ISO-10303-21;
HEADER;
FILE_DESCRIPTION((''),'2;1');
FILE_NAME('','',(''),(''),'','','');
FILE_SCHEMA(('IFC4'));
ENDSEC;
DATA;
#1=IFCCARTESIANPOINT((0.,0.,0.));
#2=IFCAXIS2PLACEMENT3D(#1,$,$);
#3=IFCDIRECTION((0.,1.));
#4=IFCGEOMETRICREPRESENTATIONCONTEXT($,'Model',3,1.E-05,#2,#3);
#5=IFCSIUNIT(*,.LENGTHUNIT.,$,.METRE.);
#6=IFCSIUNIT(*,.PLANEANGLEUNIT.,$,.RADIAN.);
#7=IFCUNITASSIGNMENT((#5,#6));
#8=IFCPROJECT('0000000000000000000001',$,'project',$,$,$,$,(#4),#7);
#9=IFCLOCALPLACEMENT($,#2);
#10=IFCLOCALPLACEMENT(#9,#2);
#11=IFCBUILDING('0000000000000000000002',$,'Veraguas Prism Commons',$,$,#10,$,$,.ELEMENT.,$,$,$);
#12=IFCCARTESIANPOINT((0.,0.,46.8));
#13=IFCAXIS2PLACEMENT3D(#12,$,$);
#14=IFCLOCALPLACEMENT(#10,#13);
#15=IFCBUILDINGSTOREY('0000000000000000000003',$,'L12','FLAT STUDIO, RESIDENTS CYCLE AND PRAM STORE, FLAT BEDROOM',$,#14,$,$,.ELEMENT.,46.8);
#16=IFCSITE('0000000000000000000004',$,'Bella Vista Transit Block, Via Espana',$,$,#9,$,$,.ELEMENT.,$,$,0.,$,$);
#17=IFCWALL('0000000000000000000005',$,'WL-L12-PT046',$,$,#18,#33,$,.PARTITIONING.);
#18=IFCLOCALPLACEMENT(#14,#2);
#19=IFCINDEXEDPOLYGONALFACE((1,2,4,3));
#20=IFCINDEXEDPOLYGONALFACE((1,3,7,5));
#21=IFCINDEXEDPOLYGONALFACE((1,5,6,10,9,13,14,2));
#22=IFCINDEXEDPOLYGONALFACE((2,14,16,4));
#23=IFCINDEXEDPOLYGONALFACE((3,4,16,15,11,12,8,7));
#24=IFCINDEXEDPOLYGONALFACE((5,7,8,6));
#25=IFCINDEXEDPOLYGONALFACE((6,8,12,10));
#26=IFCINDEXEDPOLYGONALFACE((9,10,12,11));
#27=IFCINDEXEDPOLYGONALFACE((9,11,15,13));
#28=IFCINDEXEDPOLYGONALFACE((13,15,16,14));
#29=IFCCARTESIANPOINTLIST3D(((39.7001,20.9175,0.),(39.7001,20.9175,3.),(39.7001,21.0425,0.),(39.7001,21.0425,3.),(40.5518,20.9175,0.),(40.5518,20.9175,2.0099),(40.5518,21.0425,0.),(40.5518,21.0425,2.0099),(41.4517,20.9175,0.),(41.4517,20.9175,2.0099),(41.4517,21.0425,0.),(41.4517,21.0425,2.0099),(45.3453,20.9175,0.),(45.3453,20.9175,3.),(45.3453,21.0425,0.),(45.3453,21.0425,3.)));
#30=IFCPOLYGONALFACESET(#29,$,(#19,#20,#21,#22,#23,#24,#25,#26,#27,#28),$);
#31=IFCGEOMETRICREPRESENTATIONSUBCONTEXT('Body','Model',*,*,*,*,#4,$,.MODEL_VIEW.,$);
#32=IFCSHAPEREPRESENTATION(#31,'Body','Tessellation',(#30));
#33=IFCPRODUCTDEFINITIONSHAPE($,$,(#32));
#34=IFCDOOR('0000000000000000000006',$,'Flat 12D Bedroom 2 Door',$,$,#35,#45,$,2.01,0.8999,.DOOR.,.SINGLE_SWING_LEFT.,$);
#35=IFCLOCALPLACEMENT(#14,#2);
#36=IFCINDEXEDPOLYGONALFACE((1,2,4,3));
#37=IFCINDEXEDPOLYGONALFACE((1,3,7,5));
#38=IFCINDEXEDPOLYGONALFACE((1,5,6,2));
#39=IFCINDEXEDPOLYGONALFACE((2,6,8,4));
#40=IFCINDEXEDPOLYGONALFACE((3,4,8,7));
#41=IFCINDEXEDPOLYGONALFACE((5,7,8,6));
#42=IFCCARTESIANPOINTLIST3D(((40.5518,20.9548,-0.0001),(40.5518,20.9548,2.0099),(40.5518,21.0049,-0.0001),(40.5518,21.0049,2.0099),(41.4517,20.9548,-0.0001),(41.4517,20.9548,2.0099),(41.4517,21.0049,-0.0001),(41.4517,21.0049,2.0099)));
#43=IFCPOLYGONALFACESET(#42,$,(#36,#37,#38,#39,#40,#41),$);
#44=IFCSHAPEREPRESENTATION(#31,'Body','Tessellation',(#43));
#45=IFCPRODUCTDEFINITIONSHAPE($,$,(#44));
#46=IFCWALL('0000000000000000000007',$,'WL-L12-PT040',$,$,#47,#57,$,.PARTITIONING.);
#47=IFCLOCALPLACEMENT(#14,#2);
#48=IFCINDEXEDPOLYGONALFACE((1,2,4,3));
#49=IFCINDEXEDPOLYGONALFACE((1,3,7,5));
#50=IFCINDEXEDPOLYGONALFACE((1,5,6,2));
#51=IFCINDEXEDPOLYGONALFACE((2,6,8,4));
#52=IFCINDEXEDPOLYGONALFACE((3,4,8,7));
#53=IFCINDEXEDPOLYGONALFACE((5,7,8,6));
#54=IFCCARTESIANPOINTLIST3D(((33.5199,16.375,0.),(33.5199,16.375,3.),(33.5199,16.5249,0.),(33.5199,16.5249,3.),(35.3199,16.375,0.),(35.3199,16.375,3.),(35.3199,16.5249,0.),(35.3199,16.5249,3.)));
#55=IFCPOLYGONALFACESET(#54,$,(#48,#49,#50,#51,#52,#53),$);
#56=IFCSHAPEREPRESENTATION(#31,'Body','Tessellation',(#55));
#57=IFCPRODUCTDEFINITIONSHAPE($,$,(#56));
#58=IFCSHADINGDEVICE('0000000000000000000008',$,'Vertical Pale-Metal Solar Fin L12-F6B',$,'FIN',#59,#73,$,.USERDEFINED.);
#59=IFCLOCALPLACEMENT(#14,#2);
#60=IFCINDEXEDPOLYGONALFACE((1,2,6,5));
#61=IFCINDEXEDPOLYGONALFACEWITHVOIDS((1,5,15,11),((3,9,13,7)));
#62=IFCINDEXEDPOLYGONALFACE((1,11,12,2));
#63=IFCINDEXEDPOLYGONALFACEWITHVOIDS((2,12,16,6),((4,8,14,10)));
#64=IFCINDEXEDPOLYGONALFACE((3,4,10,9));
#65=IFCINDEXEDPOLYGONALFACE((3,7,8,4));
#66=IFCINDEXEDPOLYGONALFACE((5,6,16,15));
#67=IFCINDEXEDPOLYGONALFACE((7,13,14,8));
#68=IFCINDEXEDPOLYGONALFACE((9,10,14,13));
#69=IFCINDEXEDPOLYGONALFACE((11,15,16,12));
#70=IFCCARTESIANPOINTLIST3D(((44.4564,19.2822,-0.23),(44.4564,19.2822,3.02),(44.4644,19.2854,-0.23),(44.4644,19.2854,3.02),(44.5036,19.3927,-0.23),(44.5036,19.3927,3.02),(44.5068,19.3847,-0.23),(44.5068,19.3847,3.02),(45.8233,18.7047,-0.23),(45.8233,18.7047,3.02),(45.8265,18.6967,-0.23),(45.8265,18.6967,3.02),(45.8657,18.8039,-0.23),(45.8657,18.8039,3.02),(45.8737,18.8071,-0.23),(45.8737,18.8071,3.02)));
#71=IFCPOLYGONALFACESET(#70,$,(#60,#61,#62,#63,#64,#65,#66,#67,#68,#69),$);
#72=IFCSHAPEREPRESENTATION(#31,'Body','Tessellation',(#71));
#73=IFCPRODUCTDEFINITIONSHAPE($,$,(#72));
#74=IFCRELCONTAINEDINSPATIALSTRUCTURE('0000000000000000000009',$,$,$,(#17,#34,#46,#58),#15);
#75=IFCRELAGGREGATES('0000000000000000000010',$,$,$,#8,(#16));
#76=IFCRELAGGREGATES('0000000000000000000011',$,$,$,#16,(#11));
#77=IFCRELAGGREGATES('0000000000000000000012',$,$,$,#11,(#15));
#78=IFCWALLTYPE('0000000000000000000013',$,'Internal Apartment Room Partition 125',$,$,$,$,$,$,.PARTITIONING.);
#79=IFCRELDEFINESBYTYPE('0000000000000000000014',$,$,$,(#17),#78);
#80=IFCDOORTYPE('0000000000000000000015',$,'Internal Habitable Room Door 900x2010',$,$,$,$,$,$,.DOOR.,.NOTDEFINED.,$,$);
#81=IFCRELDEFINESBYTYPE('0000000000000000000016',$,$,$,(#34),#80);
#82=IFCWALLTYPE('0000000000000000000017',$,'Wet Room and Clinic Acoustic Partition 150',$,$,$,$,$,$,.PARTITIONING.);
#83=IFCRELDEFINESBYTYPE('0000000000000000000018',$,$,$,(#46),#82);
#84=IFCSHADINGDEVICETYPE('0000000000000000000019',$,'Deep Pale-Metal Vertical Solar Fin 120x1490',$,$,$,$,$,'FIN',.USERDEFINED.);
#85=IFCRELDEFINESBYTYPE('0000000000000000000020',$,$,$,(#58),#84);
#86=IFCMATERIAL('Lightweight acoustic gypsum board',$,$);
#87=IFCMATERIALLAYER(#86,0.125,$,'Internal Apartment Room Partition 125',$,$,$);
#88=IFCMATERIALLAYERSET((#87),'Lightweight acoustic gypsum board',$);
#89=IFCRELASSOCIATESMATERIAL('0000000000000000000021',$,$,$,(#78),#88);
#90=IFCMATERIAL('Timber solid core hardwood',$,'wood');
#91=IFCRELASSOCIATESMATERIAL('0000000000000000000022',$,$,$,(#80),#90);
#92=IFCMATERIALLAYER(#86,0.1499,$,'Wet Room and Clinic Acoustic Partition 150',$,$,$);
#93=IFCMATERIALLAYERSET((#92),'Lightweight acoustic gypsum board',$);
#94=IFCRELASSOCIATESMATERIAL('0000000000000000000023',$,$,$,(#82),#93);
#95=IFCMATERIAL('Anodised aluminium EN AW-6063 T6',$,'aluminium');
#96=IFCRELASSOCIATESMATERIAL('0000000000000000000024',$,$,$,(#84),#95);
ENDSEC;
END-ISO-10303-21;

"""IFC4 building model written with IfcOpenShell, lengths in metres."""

from ifc_helpers import new_model, si_unit, direction, frame, frame_2d, origin, origin_2d, place, context, subcontext, project, spatial, rectangle, hollow_rectangle, extrude, source, transform, mapped, material, layer, layer_set, material_profile, profile_set, type_object, element, fill, save


model = new_model("IFC4")

# Units and contexts
model_context = context("Model", 3, precision=1e-05, world=origin(), true_north=direction((0.0, 1.0)))
body_context = subcontext(model_context, "Body", "Model", "MODEL_VIEW")
ifc_project = project(units=[si_unit("LENGTHUNIT", "METRE"), si_unit("PLANEANGLEUNIT", "RADIAN")], contexts=[model_context])

# Site, building, storey
site_placement = place(None, origin())
site = spatial("IfcSite", under=ifc_project, at=site_placement, Name="Bella Vista Transit Block, Via Espana", CompositionType="ELEMENT", RefElevation=0.0)
building_placement = place(site_placement, origin())
building = spatial("IfcBuilding", under=site, at=building_placement, Name="Veraguas Prism Commons", CompositionType="ELEMENT")
storey_placement = place(building_placement, frame((0.0, 0.0, 46.8)))
storey = spatial("IfcBuildingStorey", under=building, at=storey_placement, Name="L12", Description="FLAT STUDIO, RESIDENTS CYCLE AND PRAM STORE, FLAT BEDROOM", CompositionType="ELEMENT", Elevation=46.8)

# Shared definitions
ifc_material_1 = material(Name="Anodised aluminium EN AW-6063 T6", Category="aluminium")

# Shared definitions
ifc_material_2 = material(Name="Lightweight acoustic gypsum board")
ifc_layer_1 = layer(ifc_material_2, 0.125, Name="Internal Apartment Room Partition 125")
ifc_layer_set_1 = layer_set([ifc_layer_1], Name="Lightweight acoustic gypsum board")
wall_type_1 = type_object("IfcWallType", Name="Internal Apartment Room Partition 125", PredefinedType="PARTITIONING", material=ifc_layer_set_1)
ifc_material_3 = material(Name="Timber solid core hardwood", Category="wood")
door_type_1 = type_object("IfcDoorType", Name="Internal Habitable Room Door 900x2010", OperationType="NOTDEFINED", PredefinedType="DOOR", material=ifc_material_3)
shared_shape_1 = source(origin(), body_context, "Body", "SweptSolid", [
    extrude(rectangle(XDim=0.8999, YDim=2.01, at=frame_2d((0.45, 1.0049))), frame((0.0, 0.0249, 0.0), z_axis=(0.0, -1.0, 0.0), x_axis=(1.0, 0.0, 0.0)), (0.0, 0.0, 1.0), 0.05),
])

# Wall, opening, door
wall_1_placement = place(storey_placement, frame((39.7, 20.98, 0.0), z_axis=(0.0, 0.0, 1.0), x_axis=(1.0, 0.0, 0.0)))
wall_1 = element("IfcWall", 1, at=wall_1_placement, inside=storey, type_object=wall_type_1, Name="WL-L12-PT046", PredefinedType="PARTITIONING", context=body_context, shape_type="SweptSolid", body=[
    extrude(rectangle(XDim=5.6453, YDim=0.125, at=frame_2d((2.8228, 0.0))), origin(), (0.0, 0.0, 1.0), 3.0),
])
opening_1_placement = place(wall_1_placement, frame((0.8518, 0.0, 0.0)))
opening_1 = element("IfcOpeningElement", 2, at=opening_1_placement, cuts=wall_1, PredefinedType="OPENING", context=body_context, shape_type="SweptSolid", body=[
    extrude(rectangle(XDim=0.8999, YDim=2.01, at=frame_2d((0.45, 1.0049))), frame((0.0, 0.0725, 0.0), z_axis=(0.0, -1.0, 0.0), x_axis=(1.0, 0.0, 0.0)), (0.0, 0.0, 1.0), 0.145),
])
door_1_placement = place(opening_1_placement, origin())
door_1 = element("IfcDoor", 3, at=door_1_placement, inside=storey, type_object=door_type_1, Name="Flat 12D Bedroom 2 Door", OperationType="SINGLE_SWING_LEFT", OverallHeight=2.01, OverallWidth=0.8999, PredefinedType="DOOR", context=body_context, shape_type="MappedRepresentation", body=[
    mapped(shared_shape_1, transform((0.0, 0.0, 0.0), scale=1.0)),
])
fill(opening_1, door_1)

# Wall
ifc_layer_2 = layer(ifc_material_2, 0.1499, Name="Wet Room and Clinic Acoustic Partition 150")
ifc_layer_set_2 = layer_set([ifc_layer_2], Name="Lightweight acoustic gypsum board")
wall_type_2 = type_object("IfcWallType", Name="Wet Room and Clinic Acoustic Partition 150", PredefinedType="PARTITIONING", material=ifc_layer_set_2)
wall_2_placement = place(storey_placement, frame((33.52, 16.45, 0.0), z_axis=(0.0, 0.0, 1.0), x_axis=(1.0, 0.0, 0.0)))
element("IfcWall", 4, at=wall_2_placement, inside=storey, type_object=wall_type_2, Name="WL-L12-PT040", PredefinedType="PARTITIONING", context=body_context, shape_type="SweptSolid", body=[
    extrude(rectangle(XDim=1.8, YDim=0.1499, at=frame_2d((0.8999, 0.0))), origin(), (0.0, 0.0, 1.0), 3.0),
])

# Shading device
ifc_material_profile_1 = material_profile(ifc_material_1, hollow_rectangle(XDim=0.1201, YDim=1.49, WallThickness=0.0061, at=origin_2d()), Name="FIN120X1490X6")
ifc_profile_set_1 = profile_set([ifc_material_profile_1], Name="Anodised aluminium EN AW-6063 T6")
shading_device_type = type_object("IfcShadingDeviceType", Name="Deep Pale-Metal Vertical Solar Fin 120x1490", ElementType="FIN", PredefinedType="USERDEFINED", material=ifc_profile_set_1)
shading_device_placement = place(storey_placement, frame((45.165, 19.0447, -0.23), z_axis=(0.0, 0.0, 1.0), x_axis=(0.392979, 0.919547, 0.0)))
element("IfcShadingDevice", 5, at=shading_device_placement, inside=storey, type_object=shading_device_type, Name="Vertical Pale-Metal Solar Fin L12-F6B", ObjectType="FIN", PredefinedType="USERDEFINED", context=body_context, shape_type="SweptSolid", body=[
    extrude(hollow_rectangle(XDim=0.1201, YDim=1.49, WallThickness=0.0061, at=origin_2d()), origin(), (0.0, 0.0, 1.0), 3.25),
])

save(model, "model.ifc")
